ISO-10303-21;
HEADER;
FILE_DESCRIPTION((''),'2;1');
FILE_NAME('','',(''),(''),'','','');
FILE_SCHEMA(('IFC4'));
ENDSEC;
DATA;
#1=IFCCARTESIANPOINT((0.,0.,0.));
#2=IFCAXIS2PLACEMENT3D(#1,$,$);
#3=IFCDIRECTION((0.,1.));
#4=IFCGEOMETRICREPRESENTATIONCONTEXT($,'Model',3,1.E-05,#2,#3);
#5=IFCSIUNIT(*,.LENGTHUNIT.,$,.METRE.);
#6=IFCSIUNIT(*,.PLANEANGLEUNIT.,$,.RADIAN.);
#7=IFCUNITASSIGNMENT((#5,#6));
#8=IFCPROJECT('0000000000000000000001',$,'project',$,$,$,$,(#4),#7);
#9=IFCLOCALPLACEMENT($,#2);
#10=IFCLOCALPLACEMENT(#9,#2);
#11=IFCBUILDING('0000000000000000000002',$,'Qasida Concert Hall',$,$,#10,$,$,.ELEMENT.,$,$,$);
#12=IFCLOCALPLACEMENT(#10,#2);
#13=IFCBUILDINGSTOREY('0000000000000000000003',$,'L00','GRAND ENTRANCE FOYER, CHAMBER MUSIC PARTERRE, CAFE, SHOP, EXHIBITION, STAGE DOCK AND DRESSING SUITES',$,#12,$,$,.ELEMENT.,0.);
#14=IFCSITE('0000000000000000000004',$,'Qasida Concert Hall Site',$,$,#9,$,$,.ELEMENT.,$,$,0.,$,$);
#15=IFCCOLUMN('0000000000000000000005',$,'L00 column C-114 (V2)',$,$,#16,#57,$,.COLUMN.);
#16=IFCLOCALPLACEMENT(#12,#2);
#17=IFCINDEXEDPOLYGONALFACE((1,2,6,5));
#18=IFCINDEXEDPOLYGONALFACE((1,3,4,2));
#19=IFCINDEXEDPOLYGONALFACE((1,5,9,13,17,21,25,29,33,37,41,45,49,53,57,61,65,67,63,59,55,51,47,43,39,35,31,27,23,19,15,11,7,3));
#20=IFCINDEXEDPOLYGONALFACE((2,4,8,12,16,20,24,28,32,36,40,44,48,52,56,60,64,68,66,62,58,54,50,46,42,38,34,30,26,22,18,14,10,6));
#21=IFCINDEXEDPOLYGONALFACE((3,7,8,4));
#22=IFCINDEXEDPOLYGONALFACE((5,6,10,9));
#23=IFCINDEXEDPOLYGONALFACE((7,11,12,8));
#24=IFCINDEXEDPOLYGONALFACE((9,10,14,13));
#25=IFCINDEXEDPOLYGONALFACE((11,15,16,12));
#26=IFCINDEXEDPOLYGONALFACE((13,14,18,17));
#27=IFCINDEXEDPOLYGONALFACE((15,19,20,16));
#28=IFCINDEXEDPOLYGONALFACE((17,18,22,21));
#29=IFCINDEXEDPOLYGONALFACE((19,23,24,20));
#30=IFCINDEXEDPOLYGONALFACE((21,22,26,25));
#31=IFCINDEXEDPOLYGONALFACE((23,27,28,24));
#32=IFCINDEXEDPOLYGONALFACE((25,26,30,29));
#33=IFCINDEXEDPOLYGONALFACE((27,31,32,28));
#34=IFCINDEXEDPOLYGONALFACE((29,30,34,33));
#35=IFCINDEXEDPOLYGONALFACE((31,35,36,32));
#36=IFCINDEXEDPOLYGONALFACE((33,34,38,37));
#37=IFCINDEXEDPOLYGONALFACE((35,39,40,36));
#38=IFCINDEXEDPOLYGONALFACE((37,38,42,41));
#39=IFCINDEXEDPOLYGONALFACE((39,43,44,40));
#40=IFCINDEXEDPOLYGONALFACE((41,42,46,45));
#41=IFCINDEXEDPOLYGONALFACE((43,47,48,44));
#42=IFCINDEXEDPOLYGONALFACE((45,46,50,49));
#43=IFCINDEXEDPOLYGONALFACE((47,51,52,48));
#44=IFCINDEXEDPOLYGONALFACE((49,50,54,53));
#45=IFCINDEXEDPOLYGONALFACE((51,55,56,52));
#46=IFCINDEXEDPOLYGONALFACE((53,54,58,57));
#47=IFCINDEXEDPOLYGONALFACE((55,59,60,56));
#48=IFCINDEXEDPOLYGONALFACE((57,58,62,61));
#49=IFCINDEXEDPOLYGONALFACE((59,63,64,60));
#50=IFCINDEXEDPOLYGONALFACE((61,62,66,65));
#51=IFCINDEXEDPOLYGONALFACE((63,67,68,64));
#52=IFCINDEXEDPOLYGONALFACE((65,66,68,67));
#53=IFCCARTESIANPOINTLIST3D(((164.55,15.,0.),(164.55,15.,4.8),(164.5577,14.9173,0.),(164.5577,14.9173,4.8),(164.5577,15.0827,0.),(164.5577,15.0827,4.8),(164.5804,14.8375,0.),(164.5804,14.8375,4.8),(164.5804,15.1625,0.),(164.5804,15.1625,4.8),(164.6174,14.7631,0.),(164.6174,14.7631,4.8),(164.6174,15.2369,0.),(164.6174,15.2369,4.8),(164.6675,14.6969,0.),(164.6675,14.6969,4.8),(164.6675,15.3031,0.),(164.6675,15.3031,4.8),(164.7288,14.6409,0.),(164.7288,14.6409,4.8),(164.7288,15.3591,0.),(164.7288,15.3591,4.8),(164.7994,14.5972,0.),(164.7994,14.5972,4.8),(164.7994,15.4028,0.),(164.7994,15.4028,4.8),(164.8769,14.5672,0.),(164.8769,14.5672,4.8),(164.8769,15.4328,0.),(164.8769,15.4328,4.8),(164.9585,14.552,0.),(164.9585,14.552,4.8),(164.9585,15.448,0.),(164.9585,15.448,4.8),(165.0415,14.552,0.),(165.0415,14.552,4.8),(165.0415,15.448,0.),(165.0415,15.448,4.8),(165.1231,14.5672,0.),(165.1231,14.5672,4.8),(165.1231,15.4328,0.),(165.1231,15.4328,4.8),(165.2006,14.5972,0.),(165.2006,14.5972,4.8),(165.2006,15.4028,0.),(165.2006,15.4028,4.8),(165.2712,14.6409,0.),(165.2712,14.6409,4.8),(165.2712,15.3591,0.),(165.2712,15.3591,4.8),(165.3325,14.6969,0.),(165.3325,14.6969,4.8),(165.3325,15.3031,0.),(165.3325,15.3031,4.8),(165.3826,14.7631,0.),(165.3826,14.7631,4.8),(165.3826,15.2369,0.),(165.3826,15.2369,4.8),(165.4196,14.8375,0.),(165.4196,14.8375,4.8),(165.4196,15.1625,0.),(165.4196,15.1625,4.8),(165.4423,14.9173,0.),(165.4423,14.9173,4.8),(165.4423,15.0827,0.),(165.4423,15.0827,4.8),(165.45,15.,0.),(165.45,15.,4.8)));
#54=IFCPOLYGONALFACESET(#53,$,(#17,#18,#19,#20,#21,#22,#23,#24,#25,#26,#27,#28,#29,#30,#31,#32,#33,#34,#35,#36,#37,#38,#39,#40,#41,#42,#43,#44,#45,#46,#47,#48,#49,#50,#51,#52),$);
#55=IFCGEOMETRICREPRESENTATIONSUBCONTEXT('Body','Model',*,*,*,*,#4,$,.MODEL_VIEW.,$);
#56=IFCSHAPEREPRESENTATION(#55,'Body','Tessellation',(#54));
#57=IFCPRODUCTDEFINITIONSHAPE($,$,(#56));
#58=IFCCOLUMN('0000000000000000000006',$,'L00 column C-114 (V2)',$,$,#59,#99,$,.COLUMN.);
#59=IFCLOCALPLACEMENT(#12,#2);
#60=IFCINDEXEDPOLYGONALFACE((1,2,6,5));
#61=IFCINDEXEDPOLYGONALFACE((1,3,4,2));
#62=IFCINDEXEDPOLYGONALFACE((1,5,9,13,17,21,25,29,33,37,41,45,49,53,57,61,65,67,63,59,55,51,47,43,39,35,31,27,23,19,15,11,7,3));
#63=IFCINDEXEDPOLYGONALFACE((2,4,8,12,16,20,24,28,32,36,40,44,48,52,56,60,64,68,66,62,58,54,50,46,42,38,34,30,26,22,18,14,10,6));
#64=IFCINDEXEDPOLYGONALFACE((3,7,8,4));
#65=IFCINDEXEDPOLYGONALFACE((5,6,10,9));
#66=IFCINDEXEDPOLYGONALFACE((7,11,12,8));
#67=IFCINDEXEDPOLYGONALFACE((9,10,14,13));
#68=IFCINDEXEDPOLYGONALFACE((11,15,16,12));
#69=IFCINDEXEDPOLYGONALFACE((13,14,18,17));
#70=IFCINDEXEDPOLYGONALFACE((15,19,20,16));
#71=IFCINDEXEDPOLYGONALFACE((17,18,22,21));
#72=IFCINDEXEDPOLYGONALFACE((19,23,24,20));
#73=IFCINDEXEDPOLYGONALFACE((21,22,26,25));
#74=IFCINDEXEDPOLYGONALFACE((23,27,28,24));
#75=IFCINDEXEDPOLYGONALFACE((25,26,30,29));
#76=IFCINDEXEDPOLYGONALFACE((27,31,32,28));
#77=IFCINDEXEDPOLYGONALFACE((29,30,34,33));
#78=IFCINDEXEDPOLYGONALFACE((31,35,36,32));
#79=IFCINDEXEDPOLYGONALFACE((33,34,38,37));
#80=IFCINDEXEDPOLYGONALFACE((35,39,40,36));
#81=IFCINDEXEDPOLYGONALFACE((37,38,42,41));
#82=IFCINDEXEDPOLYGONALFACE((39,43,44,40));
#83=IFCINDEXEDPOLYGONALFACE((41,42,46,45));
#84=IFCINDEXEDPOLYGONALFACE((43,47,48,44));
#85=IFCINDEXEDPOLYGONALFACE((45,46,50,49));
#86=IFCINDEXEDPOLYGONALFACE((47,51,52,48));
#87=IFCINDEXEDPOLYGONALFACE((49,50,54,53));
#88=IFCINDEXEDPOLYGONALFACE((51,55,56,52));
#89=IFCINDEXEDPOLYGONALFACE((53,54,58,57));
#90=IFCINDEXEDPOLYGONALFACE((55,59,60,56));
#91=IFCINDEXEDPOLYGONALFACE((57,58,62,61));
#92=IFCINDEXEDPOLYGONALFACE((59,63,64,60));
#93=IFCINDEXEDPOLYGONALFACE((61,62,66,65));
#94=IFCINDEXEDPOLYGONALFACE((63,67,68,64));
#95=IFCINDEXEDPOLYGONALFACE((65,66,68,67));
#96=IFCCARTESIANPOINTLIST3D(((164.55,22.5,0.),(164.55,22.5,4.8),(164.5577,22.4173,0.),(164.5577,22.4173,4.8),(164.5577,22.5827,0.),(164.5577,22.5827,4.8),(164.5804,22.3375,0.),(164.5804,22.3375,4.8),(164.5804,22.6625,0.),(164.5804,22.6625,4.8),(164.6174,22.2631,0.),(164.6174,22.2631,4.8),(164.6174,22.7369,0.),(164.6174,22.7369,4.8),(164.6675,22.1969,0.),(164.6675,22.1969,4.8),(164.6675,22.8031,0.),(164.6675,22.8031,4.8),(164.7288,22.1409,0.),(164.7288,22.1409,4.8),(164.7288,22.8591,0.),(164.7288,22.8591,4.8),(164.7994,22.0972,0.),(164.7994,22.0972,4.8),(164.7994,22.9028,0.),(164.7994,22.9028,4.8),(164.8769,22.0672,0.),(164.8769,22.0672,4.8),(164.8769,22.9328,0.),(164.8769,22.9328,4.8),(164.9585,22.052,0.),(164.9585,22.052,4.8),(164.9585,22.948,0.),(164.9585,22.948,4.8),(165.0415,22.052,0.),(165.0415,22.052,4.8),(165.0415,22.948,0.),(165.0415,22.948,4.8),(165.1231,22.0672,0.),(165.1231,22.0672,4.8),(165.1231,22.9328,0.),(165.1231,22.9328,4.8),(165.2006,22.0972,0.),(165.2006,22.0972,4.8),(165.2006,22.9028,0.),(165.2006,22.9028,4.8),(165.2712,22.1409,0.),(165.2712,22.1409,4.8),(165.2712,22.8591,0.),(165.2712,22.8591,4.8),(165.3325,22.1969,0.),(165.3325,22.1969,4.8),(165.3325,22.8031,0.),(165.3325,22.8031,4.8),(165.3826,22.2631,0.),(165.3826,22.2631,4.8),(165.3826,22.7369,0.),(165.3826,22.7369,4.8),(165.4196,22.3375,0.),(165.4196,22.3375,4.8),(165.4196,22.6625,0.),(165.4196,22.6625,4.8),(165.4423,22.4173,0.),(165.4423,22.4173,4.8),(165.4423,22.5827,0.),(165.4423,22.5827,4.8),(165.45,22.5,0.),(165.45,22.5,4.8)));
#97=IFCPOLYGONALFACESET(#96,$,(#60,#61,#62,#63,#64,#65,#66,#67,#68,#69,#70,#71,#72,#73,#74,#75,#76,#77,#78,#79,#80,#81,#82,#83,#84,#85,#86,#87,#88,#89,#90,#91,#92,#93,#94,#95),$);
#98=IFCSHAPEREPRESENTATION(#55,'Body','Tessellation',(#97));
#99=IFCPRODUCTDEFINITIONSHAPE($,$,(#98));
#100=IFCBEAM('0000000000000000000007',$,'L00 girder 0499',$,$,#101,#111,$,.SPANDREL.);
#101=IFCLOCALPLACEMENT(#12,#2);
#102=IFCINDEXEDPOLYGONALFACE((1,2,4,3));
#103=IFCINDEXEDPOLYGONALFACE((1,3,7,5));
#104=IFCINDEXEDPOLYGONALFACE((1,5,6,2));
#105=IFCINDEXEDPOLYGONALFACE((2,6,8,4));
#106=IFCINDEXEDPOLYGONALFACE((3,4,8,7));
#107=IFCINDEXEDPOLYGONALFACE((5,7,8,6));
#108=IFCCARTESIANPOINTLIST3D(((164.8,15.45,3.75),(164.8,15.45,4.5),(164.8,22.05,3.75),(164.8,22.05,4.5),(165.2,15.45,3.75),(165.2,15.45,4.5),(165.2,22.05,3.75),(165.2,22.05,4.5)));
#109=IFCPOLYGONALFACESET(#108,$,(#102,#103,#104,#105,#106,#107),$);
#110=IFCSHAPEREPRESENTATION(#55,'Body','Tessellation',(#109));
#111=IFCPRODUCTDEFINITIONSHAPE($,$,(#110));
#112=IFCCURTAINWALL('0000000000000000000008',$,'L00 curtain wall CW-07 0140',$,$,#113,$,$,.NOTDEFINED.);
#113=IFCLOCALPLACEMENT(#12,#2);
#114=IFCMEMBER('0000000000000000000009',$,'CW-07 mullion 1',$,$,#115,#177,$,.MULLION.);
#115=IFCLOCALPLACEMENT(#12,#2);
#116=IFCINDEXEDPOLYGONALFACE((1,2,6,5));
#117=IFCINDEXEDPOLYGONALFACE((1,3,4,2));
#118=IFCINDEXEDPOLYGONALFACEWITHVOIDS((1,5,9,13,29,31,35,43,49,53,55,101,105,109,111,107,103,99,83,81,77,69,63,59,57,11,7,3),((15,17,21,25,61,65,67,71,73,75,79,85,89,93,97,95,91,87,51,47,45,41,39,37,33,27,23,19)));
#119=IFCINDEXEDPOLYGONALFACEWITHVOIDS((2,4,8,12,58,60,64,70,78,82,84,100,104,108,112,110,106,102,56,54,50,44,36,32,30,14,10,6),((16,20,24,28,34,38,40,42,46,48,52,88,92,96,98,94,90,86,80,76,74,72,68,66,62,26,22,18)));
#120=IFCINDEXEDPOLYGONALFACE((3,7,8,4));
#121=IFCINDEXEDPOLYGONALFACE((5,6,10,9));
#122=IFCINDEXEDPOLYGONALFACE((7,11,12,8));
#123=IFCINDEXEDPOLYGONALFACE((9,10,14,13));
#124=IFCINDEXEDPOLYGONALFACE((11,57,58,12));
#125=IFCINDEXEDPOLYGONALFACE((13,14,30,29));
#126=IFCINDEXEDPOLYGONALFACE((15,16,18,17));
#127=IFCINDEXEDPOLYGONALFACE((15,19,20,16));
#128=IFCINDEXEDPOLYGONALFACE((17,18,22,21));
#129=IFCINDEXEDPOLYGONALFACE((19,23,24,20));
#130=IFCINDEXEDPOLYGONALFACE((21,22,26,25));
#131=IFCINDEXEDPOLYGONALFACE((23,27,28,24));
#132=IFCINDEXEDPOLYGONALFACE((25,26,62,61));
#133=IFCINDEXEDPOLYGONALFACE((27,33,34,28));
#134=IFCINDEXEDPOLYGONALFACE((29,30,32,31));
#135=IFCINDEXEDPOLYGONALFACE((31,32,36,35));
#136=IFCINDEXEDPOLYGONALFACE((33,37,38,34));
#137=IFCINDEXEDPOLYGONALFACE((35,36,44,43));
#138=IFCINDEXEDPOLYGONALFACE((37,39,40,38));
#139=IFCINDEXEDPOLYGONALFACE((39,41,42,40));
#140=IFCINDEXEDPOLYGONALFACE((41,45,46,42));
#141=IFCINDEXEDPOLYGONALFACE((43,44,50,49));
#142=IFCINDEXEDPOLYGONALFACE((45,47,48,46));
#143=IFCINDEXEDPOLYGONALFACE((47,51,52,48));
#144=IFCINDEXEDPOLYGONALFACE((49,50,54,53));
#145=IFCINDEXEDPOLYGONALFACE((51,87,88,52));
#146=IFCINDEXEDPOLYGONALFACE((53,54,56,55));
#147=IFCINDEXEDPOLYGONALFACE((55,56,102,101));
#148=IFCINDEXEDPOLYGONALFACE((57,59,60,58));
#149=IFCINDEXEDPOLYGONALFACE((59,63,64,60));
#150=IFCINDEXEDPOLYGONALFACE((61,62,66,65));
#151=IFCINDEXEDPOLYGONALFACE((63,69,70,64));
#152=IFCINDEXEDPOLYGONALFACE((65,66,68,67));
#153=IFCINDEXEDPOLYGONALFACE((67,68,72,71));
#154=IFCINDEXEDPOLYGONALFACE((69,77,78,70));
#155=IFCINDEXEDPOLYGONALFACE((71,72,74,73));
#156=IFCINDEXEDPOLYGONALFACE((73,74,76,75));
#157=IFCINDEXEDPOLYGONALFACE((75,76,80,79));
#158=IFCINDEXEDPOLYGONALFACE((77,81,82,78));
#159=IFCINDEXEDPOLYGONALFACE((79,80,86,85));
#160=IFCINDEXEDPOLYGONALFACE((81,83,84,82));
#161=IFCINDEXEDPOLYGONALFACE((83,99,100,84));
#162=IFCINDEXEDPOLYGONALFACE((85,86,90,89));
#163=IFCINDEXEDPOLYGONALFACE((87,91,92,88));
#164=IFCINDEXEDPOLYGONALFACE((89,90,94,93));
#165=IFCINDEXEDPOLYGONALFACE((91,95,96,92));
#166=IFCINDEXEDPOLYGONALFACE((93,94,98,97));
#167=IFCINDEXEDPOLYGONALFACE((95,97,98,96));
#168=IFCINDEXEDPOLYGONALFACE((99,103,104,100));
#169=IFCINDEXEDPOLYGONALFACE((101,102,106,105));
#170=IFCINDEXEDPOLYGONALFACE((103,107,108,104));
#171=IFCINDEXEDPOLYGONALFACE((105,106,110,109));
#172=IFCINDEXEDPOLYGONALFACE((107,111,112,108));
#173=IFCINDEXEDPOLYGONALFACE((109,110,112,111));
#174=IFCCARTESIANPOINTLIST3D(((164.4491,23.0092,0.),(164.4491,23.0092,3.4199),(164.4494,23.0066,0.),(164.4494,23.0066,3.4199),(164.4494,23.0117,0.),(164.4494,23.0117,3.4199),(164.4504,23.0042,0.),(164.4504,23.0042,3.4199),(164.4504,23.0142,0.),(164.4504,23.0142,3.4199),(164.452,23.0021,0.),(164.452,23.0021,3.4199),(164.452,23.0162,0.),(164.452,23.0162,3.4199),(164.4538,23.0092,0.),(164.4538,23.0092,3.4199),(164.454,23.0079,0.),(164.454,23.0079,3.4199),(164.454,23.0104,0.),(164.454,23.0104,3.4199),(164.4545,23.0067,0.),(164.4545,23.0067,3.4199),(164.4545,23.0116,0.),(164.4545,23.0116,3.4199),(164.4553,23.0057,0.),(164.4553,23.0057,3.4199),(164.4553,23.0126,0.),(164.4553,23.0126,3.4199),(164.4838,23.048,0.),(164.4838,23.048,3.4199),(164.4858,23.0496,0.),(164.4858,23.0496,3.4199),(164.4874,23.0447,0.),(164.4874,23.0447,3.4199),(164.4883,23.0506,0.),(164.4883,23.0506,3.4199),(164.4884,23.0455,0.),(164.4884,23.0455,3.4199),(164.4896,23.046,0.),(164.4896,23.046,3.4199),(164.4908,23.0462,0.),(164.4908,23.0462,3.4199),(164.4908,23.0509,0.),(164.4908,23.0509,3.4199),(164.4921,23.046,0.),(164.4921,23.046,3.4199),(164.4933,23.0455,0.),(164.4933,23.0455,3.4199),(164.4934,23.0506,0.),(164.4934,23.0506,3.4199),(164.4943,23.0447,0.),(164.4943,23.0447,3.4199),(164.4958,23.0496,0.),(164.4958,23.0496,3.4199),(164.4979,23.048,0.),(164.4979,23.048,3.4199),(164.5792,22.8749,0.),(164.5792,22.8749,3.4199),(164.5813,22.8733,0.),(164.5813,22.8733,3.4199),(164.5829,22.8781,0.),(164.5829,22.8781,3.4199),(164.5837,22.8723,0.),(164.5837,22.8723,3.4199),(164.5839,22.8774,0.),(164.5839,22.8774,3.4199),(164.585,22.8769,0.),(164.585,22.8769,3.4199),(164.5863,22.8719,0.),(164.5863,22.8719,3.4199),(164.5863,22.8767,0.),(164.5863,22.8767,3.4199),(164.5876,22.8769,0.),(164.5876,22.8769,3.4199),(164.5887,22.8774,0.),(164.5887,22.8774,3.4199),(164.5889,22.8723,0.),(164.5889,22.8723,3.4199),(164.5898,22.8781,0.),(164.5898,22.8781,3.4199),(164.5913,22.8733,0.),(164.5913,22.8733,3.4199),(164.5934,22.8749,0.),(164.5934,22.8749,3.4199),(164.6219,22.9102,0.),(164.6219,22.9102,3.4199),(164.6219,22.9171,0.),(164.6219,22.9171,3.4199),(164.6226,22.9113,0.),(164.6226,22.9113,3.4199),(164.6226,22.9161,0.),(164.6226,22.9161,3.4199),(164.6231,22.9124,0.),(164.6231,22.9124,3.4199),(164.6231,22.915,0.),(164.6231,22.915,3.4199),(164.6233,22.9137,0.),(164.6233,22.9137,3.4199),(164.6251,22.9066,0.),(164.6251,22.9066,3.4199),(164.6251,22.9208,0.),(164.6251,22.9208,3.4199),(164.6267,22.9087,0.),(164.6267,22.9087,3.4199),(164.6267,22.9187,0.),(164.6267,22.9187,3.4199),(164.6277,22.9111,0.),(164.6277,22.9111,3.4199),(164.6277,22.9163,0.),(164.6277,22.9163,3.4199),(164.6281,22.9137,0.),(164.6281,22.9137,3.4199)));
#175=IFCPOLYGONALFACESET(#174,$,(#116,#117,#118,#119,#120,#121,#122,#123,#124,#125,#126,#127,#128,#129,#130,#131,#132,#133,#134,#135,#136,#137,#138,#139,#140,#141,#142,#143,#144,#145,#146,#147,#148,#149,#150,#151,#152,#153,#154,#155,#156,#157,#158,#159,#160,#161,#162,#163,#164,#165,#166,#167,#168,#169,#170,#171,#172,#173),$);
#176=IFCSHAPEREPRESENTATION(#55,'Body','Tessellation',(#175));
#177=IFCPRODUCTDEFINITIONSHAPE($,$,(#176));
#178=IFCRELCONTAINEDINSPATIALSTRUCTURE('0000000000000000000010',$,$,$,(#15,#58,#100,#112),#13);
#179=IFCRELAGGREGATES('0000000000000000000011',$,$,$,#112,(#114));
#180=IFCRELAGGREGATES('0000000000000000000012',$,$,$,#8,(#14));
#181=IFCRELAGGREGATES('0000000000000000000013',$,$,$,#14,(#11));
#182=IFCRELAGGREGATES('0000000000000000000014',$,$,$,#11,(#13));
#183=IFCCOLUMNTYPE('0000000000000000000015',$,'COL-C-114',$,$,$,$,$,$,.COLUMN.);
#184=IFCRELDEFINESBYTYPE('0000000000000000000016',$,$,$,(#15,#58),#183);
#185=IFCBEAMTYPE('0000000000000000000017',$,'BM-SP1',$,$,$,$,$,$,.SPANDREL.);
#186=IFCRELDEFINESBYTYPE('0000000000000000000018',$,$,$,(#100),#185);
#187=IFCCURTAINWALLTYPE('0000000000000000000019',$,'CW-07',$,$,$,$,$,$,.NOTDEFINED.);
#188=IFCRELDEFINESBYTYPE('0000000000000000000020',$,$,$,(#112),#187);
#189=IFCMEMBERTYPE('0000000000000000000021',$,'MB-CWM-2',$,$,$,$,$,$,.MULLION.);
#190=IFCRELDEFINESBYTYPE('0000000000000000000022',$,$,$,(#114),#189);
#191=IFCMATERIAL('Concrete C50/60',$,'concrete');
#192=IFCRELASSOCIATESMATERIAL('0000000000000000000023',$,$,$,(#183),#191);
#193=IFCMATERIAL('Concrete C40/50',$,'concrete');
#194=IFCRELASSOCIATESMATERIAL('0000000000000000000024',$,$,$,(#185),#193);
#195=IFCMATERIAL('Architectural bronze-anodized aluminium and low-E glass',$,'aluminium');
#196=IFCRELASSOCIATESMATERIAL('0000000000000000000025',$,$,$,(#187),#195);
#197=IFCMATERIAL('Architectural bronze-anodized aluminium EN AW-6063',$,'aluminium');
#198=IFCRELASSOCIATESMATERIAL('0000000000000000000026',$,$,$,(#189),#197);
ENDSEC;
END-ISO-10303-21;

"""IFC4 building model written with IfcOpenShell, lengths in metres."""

from ifc_helpers import new_model, si_unit, direction, frame, origin, origin_2d, place, context, subcontext, project, spatial, rectangle, hollow_rectangle, circle, extrude, material, material_profile, profile_set, type_object, element, aggregate, save


model = new_model("IFC4")

# Units and contexts
model_context = context("Model", 3, precision=1e-05, world=origin(), true_north=direction((0.0, 1.0)))
body_context = subcontext(model_context, "Body", "Model", "MODEL_VIEW")
ifc_project = project(units=[si_unit("LENGTHUNIT", "METRE"), si_unit("PLANEANGLEUNIT", "RADIAN")], contexts=[model_context])

# Site, building, storey
site_placement = place(None, origin())
site = spatial("IfcSite", under=ifc_project, at=site_placement, Name="Qasida Concert Hall Site", CompositionType="ELEMENT", RefElevation=0.0)
building_placement = place(site_placement, origin())
building = spatial("IfcBuilding", under=site, at=building_placement, Name="Qasida Concert Hall", CompositionType="ELEMENT")
storey_placement = place(building_placement, origin())
storey = spatial("IfcBuildingStorey", under=building, at=storey_placement, Name="L00", Description="GRAND ENTRANCE FOYER, CHAMBER MUSIC PARTERRE, CAFE, SHOP, EXHIBITION, STAGE DOCK AND DRESSING SUITES", CompositionType="ELEMENT", Elevation=0.0)

# Columns
ifc_material_1 = material(Name="Concrete C50/60", Category="concrete")
ifc_material_profile_1 = material_profile(ifc_material_1, circle(Radius=0.45, at=origin_2d()), Name="RC COL D900")
ifc_profile_set_1 = profile_set([ifc_material_profile_1], Name="Concrete C50/60")
column_type = type_object("IfcColumnType", Name="COL-C-114", PredefinedType="COLUMN", material=ifc_profile_set_1)
for number, where, z_axis, x_axis, name in (
    (1, (165.0, 15.0, 0.0), (0.0, 0.0, 1.0), (1.0, 0.0, 0.0), "L00 column C-114 (V2)"),
    (2, (165.0, 22.5, 0.0), (0.0, 0.0, 1.0), (1.0, 0.0, 0.0), "L00 column C-114 (V2)"),
):
    element("IfcColumn", number, at=place(storey_placement, frame(where, z_axis=z_axis, x_axis=x_axis)), inside=storey, type_object=column_type, Name=name, PredefinedType="COLUMN", context=body_context, shape_type="SweptSolid", body=[
        extrude(circle(Radius=0.45, at=origin_2d()), origin(), (0.0, 0.0, 1.0), 4.8),
    ])

# Beam
ifc_material_2 = material(Name="Concrete C40/50", Category="concrete")
ifc_material_profile_2 = material_profile(ifc_material_2, rectangle(XDim=0.3999, YDim=0.75, at=origin_2d()), Name="RC 400x750")
ifc_profile_set_2 = profile_set([ifc_material_profile_2], Name="Concrete C40/50")
beam_type = type_object("IfcBeamType", Name="BM-SP1", PredefinedType="SPANDREL", material=ifc_profile_set_2)
beam_placement = place(storey_placement, frame((165.0, 15.45, 4.125), z_axis=(0.0, 1.0, 0.0), x_axis=(-1.0, 0.0, 0.0)))
element("IfcBeam", 3, at=beam_placement, inside=storey, type_object=beam_type, Name="L00 girder 0499", PredefinedType="SPANDREL", context=body_context, shape_type="SweptSolid", body=[
    extrude(rectangle(XDim=0.3999, YDim=0.75, at=origin_2d()), origin(), (0.0, 0.0, 1.0), 6.6001),
])

# Curtain wall, member
ifc_material_3 = material(Name="Architectural bronze-anodized aluminium and low-E glass", Category="aluminium")
curtain_wall_type = type_object("IfcCurtainWallType", Name="CW-07", PredefinedType="NOTDEFINED", material=ifc_material_3)
curtain_wall_placement = place(storey_placement, origin())
curtain_wall = element("IfcCurtainWall", 4, at=curtain_wall_placement, inside=storey, type_object=curtain_wall_type, Name="L00 curtain wall CW-07 0140", PredefinedType="NOTDEFINED")
ifc_material_4 = material(Name="Architectural bronze-anodized aluminium EN AW-6063", Category="aluminium")
ifc_material_profile_3 = material_profile(ifc_material_4, hollow_rectangle(XDim=0.0649, YDim=0.2, WallThickness=0.0049, InnerFilletRadius=0.0049, OuterFilletRadius=0.01, at=origin_2d()), Name="CWM 200x65x5")
ifc_profile_set_3 = profile_set([ifc_material_profile_3], Name="Architectural bronze-anodized aluminium EN AW-6063")
member_type_1 = type_object("IfcMemberType", Name="MB-CWM-2", PredefinedType="MULLION", material=ifc_profile_set_3)
member_1_placement = place(storey_placement, frame((164.5386, 22.9614, 0.0), z_axis=(0.0, 0.0, 1.0), x_axis=(-0.707107, -0.707107, 0.0)))
member_1 = element("IfcMember", 5, at=member_1_placement, type_object=member_type_1, Name="CW-07 mullion 1", PredefinedType="MULLION", context=body_context, shape_type="SweptSolid", body=[
    extrude(hollow_rectangle(XDim=0.0649, YDim=0.2, WallThickness=0.0049, InnerFilletRadius=0.0049, OuterFilletRadius=0.01, at=origin_2d()), origin(), (0.0, 0.0, 1.0), 3.4199),
])
aggregate(curtain_wall, [member_1])

save(model, "model.ifc")
